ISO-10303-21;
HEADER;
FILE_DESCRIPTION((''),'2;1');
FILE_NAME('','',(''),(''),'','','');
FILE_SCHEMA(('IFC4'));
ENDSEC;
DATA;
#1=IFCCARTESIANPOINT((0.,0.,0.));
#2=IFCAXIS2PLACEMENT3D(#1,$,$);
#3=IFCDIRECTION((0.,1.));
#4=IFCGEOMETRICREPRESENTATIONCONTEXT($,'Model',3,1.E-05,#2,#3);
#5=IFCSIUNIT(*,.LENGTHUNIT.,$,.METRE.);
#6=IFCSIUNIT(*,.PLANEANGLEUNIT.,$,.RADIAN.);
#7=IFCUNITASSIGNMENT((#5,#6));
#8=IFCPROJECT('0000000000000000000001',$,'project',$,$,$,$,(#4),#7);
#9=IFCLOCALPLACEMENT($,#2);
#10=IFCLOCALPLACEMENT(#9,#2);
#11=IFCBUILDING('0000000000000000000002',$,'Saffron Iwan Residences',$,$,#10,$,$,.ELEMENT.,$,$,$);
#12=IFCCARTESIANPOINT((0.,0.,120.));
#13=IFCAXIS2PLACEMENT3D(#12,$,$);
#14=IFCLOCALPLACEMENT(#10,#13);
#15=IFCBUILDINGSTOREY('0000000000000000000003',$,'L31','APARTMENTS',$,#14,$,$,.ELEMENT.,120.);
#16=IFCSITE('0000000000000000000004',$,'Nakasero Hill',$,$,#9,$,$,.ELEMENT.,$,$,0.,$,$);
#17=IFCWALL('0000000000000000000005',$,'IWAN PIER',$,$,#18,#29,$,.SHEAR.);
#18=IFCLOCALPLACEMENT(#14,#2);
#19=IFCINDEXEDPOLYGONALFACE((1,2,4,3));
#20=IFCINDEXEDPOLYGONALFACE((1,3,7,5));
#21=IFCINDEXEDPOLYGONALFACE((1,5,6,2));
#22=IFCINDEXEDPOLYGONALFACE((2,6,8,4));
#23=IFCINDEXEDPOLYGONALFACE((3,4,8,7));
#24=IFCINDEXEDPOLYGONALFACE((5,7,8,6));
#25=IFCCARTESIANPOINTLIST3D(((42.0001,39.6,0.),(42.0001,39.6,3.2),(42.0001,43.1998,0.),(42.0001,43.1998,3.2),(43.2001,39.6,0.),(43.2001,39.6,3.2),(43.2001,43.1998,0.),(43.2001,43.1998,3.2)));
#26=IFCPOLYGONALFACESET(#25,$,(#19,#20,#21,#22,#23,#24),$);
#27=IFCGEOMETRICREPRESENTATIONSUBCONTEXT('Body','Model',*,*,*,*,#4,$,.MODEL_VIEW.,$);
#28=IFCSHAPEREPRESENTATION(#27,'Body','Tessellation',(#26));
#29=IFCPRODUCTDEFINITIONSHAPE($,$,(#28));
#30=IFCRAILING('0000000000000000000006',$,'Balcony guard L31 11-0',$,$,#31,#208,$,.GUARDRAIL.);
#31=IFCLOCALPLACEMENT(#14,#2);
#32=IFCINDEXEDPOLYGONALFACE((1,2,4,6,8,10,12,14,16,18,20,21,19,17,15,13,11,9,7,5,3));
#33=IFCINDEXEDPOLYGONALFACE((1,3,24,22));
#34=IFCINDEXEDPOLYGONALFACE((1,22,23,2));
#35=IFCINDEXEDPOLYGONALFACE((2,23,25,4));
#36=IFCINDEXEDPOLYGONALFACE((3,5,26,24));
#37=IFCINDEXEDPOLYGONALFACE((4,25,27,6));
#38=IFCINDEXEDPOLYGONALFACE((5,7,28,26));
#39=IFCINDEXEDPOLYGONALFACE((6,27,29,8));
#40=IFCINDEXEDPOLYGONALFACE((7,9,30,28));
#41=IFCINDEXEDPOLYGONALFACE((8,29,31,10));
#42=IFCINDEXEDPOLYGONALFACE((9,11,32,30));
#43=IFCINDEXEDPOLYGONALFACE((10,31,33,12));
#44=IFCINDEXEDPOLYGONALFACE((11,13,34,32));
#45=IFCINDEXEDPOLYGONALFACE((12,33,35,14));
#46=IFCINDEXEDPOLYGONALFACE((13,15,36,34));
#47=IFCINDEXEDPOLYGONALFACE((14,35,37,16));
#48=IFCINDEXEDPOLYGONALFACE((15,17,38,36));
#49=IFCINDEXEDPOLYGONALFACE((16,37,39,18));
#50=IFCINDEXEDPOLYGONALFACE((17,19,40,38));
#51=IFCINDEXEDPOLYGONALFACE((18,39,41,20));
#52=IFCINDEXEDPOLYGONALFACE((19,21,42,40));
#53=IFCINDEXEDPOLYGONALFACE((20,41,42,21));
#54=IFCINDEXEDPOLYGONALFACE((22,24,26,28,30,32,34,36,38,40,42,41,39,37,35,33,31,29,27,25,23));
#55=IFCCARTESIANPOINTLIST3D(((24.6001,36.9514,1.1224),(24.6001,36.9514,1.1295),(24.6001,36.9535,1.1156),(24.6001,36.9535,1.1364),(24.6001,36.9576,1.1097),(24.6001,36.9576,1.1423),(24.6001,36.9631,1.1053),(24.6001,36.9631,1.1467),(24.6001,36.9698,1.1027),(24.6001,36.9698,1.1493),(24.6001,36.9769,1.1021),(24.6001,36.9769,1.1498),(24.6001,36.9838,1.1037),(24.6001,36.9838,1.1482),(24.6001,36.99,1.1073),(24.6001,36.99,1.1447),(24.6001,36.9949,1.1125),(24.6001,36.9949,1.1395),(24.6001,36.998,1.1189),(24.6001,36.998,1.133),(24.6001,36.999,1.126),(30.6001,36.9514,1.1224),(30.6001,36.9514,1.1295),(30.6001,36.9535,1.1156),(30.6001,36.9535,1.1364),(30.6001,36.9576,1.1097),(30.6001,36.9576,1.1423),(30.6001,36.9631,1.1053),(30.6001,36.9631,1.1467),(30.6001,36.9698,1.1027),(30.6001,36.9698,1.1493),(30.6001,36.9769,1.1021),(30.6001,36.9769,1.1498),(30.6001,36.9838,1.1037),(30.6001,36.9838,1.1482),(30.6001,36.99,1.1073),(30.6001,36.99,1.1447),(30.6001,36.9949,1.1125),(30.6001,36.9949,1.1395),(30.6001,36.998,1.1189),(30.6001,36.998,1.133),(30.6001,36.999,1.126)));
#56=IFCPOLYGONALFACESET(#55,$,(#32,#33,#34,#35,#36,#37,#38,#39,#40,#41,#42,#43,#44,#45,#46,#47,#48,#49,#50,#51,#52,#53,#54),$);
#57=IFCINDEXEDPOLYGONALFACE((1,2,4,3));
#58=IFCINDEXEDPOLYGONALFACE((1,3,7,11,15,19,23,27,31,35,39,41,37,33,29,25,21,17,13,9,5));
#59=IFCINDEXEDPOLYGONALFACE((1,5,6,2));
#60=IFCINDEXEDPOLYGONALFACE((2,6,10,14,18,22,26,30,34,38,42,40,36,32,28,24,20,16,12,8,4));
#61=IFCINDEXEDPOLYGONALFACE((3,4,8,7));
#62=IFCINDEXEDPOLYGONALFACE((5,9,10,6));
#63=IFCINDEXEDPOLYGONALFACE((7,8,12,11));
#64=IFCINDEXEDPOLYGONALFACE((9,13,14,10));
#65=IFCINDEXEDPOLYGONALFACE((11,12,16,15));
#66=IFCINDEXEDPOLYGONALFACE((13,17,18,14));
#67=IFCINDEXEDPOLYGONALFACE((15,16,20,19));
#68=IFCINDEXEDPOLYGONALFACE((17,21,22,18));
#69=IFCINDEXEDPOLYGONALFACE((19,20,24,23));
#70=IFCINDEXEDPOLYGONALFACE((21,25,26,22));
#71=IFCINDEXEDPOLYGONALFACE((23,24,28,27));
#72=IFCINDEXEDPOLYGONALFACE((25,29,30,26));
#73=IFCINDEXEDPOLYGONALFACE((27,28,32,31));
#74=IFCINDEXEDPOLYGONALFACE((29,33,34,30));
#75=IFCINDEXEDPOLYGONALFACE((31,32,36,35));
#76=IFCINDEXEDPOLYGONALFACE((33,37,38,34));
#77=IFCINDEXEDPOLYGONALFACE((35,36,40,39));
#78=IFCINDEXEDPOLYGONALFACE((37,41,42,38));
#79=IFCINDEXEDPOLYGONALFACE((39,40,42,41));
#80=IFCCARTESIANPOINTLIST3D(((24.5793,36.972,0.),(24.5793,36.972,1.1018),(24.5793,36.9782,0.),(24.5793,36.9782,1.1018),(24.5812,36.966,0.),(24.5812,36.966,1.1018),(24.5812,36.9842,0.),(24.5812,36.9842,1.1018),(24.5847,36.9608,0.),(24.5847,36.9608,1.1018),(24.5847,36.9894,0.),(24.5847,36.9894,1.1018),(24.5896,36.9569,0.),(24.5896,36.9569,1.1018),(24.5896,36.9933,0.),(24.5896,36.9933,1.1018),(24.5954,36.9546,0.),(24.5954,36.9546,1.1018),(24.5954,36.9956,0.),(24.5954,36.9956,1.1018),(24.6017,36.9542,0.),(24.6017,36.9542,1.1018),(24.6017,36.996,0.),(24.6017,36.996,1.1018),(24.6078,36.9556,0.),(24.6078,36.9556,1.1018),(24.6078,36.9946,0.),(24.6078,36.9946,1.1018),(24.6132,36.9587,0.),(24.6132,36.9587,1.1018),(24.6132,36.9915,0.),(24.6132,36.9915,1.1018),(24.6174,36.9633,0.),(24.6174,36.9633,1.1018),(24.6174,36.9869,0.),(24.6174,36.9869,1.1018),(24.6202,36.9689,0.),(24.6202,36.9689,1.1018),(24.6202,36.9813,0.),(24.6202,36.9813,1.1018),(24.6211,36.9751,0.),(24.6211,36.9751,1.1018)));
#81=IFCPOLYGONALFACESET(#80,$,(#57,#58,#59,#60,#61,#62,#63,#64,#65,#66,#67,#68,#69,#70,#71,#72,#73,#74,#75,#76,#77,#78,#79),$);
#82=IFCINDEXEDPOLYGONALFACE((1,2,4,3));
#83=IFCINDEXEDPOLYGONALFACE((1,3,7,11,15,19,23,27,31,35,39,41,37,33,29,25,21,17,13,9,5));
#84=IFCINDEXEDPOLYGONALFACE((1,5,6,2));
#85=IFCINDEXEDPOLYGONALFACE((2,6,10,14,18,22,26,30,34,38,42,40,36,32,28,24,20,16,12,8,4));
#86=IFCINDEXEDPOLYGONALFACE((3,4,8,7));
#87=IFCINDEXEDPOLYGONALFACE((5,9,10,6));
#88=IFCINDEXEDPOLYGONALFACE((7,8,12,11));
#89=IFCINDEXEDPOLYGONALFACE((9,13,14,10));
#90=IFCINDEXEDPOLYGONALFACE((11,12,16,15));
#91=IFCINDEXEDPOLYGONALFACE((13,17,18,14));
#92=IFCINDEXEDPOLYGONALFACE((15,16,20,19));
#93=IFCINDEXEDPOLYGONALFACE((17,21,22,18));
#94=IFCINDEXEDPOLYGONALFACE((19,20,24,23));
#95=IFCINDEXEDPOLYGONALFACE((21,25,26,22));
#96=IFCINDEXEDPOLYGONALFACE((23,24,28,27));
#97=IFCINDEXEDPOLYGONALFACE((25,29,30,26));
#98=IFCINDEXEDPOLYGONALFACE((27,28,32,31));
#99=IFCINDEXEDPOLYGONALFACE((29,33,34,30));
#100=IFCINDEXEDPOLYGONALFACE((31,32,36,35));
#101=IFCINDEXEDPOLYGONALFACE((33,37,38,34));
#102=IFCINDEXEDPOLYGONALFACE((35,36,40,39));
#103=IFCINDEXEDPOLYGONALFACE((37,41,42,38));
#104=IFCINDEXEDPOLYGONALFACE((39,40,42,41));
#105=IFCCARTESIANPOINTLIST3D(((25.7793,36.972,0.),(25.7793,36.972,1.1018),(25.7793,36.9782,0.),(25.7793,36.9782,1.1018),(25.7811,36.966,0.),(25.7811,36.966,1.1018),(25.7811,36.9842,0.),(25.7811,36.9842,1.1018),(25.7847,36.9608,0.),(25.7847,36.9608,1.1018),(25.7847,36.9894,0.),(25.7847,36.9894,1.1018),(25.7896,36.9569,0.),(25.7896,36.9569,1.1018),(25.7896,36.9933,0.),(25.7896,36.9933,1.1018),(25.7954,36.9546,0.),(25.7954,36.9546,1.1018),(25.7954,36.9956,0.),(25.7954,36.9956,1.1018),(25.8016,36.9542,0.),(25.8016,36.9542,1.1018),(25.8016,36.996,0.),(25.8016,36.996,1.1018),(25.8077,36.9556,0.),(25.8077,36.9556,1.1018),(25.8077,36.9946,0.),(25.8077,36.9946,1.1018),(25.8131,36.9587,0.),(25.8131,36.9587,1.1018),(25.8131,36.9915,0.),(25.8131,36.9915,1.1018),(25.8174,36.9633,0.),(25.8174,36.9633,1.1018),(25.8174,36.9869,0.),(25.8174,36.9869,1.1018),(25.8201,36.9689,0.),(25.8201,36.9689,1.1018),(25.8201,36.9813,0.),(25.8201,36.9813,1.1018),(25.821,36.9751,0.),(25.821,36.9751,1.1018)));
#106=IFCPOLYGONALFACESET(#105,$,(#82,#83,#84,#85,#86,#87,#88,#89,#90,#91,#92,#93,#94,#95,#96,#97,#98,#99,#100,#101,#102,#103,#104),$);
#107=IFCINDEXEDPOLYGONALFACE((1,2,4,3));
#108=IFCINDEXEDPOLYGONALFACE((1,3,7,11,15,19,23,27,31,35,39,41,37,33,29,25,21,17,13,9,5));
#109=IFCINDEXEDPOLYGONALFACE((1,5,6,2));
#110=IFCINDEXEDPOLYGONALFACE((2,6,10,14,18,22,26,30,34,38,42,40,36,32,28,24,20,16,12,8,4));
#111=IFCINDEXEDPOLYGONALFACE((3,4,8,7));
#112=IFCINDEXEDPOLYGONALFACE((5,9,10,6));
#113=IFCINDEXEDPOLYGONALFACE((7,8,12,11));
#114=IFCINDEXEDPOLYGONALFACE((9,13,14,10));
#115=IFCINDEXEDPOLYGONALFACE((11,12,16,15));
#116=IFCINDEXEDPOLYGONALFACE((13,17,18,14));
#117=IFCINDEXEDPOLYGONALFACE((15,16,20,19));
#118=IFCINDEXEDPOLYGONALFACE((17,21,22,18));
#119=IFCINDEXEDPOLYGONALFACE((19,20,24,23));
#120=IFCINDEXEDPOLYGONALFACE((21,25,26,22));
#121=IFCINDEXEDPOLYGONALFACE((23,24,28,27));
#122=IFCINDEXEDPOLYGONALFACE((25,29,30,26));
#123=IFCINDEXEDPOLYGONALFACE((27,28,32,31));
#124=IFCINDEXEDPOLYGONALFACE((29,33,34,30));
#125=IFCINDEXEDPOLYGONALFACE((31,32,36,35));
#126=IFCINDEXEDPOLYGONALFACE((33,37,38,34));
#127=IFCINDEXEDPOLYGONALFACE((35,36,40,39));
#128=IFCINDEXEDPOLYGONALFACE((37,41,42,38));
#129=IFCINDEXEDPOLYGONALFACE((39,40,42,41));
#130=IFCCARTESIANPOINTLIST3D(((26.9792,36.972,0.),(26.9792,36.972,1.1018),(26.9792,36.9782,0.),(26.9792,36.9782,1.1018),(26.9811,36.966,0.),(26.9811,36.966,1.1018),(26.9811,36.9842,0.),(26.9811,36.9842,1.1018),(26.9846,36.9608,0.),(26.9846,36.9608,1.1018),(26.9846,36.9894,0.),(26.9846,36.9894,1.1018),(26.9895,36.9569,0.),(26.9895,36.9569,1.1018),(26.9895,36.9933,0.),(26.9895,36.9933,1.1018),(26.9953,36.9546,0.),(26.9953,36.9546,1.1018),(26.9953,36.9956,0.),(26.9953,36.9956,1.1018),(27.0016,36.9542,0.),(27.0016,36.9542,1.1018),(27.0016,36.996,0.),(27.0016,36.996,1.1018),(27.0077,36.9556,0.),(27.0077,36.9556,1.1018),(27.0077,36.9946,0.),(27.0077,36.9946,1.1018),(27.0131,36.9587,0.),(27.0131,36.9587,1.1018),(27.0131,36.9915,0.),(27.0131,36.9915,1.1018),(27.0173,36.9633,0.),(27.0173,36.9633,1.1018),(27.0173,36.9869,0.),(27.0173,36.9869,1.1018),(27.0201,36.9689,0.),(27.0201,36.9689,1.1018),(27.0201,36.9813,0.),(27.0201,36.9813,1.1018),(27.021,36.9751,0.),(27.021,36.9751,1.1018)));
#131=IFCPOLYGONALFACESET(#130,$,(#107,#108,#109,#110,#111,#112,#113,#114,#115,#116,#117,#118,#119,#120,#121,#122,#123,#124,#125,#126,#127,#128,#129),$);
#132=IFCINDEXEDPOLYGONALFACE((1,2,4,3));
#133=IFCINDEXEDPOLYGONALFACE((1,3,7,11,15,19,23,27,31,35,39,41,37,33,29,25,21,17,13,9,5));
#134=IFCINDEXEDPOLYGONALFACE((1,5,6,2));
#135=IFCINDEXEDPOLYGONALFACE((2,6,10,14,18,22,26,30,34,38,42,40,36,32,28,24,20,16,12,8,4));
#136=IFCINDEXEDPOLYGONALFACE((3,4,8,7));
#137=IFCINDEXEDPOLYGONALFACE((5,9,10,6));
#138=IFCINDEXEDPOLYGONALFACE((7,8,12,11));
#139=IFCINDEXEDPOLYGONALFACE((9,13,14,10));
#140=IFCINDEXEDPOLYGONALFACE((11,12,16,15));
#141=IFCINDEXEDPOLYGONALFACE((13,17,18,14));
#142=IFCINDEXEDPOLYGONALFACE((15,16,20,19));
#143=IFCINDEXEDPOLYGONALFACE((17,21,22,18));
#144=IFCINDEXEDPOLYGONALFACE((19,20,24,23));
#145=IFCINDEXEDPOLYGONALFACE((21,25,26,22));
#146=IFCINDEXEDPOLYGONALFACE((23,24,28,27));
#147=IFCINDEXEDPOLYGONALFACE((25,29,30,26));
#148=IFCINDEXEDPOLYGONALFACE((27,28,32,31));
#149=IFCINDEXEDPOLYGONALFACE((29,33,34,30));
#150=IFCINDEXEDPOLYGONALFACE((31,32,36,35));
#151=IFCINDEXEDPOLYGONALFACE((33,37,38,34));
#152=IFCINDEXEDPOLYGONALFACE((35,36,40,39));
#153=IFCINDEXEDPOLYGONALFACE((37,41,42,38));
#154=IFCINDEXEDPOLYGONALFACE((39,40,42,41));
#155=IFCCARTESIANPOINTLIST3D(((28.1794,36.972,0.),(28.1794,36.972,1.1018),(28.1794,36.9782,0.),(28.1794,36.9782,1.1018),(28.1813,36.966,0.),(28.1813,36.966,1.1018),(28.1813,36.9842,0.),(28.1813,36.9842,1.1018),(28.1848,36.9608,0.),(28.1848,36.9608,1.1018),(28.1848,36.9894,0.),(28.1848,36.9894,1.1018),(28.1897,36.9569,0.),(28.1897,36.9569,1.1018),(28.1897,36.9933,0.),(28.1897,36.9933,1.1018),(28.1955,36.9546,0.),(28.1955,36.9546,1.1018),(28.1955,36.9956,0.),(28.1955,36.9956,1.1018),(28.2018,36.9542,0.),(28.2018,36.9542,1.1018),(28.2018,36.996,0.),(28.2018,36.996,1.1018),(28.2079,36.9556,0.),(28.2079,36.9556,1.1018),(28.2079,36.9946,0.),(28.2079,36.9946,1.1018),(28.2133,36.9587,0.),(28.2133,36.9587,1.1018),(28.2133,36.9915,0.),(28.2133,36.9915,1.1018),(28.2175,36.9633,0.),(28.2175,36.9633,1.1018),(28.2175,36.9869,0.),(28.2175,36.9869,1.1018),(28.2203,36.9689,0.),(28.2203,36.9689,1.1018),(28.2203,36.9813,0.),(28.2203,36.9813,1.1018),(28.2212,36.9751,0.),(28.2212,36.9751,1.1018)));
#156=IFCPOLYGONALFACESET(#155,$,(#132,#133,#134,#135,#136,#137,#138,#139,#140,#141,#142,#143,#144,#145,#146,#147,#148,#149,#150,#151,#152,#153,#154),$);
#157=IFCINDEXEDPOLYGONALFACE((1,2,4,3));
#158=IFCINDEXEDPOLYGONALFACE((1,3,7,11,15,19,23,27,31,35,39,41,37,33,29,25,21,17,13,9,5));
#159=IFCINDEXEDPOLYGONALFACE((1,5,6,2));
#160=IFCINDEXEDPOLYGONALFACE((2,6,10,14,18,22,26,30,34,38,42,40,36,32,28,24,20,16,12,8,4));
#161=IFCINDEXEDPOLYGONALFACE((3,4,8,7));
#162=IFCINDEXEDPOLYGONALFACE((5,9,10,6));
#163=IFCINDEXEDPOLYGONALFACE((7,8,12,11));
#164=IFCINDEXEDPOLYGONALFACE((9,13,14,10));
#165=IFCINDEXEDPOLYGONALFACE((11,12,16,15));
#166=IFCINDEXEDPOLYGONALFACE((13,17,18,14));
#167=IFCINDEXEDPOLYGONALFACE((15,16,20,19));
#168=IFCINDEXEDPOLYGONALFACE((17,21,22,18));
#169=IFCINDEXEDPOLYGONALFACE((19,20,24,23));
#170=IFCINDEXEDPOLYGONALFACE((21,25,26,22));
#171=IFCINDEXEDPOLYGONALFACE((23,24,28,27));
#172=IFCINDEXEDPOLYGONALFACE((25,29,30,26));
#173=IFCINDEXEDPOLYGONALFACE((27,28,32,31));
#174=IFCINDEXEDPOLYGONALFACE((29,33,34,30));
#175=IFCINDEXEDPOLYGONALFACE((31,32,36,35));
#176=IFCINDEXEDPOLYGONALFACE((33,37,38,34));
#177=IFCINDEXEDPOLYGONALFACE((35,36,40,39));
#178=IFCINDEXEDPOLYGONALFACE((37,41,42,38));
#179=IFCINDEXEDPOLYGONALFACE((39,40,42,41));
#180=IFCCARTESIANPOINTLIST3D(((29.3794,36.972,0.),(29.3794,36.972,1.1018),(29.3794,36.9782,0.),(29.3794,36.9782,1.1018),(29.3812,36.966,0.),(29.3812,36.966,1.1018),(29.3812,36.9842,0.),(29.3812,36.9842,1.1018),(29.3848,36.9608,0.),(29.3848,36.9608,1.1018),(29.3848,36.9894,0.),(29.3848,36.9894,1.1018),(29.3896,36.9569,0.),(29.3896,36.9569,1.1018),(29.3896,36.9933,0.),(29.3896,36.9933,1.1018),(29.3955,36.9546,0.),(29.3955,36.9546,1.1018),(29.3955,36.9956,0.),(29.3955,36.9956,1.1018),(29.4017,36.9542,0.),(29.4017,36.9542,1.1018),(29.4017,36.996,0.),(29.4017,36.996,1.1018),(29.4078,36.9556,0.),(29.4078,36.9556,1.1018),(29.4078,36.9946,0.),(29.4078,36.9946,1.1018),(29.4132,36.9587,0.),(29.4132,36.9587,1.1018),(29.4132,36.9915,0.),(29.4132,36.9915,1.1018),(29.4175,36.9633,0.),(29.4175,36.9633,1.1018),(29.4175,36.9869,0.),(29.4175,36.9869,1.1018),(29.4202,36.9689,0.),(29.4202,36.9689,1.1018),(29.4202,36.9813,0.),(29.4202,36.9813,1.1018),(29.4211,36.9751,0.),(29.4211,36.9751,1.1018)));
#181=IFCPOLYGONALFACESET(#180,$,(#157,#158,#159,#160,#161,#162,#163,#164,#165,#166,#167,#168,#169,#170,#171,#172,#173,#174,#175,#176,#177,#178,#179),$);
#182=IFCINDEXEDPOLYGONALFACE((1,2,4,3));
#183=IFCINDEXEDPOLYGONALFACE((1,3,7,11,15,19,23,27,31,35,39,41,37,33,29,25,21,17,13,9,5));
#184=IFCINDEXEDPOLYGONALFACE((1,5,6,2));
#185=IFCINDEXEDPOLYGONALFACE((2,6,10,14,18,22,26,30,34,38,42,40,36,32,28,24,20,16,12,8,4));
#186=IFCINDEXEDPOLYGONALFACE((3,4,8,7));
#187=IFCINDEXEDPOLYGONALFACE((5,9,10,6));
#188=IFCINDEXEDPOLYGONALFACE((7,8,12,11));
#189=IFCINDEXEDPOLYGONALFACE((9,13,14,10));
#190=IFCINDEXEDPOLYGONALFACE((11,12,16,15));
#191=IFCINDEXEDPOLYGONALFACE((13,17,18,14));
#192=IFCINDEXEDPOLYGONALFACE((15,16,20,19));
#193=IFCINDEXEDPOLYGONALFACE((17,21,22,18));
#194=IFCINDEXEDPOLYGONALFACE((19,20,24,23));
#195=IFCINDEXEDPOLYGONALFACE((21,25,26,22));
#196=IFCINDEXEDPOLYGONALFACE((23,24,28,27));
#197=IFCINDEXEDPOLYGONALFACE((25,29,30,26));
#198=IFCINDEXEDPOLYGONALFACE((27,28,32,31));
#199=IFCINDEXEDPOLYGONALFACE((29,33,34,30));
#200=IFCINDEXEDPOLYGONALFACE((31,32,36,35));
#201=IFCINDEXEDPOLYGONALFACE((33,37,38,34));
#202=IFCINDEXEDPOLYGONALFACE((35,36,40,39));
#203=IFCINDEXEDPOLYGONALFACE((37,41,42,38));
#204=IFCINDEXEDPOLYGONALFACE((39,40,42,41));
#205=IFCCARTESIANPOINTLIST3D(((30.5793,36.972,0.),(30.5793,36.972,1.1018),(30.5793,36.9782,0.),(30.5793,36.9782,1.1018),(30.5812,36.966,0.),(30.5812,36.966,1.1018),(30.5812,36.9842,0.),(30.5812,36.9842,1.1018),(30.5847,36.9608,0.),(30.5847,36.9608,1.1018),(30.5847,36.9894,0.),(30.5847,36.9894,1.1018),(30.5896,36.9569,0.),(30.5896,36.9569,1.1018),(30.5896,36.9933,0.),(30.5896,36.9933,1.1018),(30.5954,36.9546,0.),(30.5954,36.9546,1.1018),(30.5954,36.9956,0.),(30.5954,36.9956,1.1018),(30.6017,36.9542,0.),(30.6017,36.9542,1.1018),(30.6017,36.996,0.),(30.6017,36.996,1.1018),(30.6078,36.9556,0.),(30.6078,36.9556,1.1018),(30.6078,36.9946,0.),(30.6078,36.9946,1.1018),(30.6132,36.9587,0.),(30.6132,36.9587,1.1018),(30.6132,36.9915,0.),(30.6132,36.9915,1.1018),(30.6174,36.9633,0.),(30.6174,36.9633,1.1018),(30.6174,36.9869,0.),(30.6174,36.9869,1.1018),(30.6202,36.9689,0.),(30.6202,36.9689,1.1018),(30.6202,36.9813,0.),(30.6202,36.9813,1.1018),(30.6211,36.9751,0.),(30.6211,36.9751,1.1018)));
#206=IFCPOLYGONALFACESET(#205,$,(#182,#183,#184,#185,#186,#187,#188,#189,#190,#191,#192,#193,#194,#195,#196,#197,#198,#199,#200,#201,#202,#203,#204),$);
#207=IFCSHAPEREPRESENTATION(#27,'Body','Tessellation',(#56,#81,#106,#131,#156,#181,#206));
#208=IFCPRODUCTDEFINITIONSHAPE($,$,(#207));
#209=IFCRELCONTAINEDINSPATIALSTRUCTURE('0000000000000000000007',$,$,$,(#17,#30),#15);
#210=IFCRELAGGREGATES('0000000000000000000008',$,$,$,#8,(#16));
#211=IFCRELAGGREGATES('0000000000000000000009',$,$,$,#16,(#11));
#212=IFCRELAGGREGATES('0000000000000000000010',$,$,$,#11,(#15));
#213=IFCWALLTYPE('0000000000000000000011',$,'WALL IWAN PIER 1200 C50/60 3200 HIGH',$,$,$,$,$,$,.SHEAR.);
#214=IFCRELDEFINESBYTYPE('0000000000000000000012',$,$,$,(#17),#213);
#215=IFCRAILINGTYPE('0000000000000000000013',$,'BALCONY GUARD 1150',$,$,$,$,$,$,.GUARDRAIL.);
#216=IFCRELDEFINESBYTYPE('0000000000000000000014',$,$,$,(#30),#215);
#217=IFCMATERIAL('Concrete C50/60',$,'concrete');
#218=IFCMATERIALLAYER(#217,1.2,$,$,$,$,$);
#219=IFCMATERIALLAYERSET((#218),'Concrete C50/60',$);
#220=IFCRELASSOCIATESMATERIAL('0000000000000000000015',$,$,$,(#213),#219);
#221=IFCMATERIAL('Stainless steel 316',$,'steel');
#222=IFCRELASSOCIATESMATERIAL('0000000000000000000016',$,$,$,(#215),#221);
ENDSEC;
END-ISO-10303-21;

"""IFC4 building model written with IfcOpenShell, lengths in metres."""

from ifc_helpers import new_model, si_unit, direction, frame, frame_2d, origin, origin_2d, place, context, subcontext, project, spatial, rectangle, circle, extrude, material, layer, layer_set, type_object, element, save


model = new_model("IFC4")

# Units and contexts
model_context = context("Model", 3, precision=1e-05, world=origin(), true_north=direction((0.0, 1.0)))
body_context = subcontext(model_context, "Body", "Model", "MODEL_VIEW")
ifc_project = project(units=[si_unit("LENGTHUNIT", "METRE"), si_unit("PLANEANGLEUNIT", "RADIAN")], contexts=[model_context])

# Site, building, storey
site_placement = place(None, origin())
site = spatial("IfcSite", under=ifc_project, at=site_placement, Name="Nakasero Hill", CompositionType="ELEMENT", RefElevation=0.0)
building_placement = place(site_placement, origin())
building = spatial("IfcBuilding", under=site, at=building_placement, Name="Saffron Iwan Residences", CompositionType="ELEMENT")
storey_placement = place(building_placement, frame((0.0, 0.0, 120.0)))
storey = spatial("IfcBuildingStorey", under=building, at=storey_placement, Name="L31", Description="APARTMENTS", CompositionType="ELEMENT", Elevation=120.0)

# Shared definitions
ifc_material_1 = material(Name="Concrete C50/60", Category="concrete")

# Wall
ifc_layer_1 = layer(ifc_material_1, 1.2)
ifc_layer_set_1 = layer_set([ifc_layer_1], Name="Concrete C50/60")
wall_type_1 = type_object("IfcWallType", Name="WALL IWAN PIER 1200 C50/60 3200 HIGH", PredefinedType="SHEAR", material=ifc_layer_set_1)
wall_1_placement = place(storey_placement, frame((42.6001, 39.6001, 0.0), z_axis=(0.0, 0.0, 1.0), x_axis=(0.0, 1.0, 0.0)))
element("IfcWall", 1, at=wall_1_placement, inside=storey, type_object=wall_type_1, Name="IWAN PIER", PredefinedType="SHEAR", context=body_context, shape_type="SweptSolid", body=[
    extrude(rectangle(XDim=3.5999, YDim=1.2, at=frame_2d((1.7998, 0.0))), origin(), (0.0, 0.0, 1.0), 3.2),
])

# Railing
ifc_material_2 = material(Name="Stainless steel 316", Category="steel")
railing_type = type_object("IfcRailingType", Name="BALCONY GUARD 1150", PredefinedType="GUARDRAIL", material=ifc_material_2)
railing_placement = place(storey_placement, frame((24.6001, 36.9751, 0.0)))
element("IfcRailing", 2, at=railing_placement, inside=storey, type_object=railing_type, Name="Balcony guard L31 11-0", PredefinedType="GUARDRAIL", context=body_context, shape_type="SweptSolid", body=[
    extrude(circle(Radius=0.0239, at=origin_2d()), frame((0.0, 0.0, 1.126), z_axis=(1.0, 0.0, 0.0), x_axis=(0.0, 1.0, 0.0)), (0.0, 0.0, 1.0), 6.0),
    extrude(circle(Radius=0.021, at=origin_2d()), origin(), (0.0, 0.0, 1.0), 1.1018),
    extrude(circle(Radius=0.021, at=origin_2d()), frame((1.2, 0.0, 0.0)), (0.0, 0.0, 1.0), 1.1018),
    extrude(circle(Radius=0.021, at=origin_2d()), frame((2.3999, 0.0, 0.0)), (0.0, 0.0, 1.0), 1.1018),
    extrude(circle(Radius=0.021, at=origin_2d()), frame((3.6001, 0.0, 0.0)), (0.0, 0.0, 1.0), 1.1018),
    extrude(circle(Radius=0.021, at=origin_2d()), frame((4.8, 0.0, 0.0)), (0.0, 0.0, 1.0), 1.1018),
    extrude(circle(Radius=0.021, at=origin_2d()), frame((6.0, 0.0, 0.0)), (0.0, 0.0, 1.0), 1.1018),
])

save(model, "model.ifc")
